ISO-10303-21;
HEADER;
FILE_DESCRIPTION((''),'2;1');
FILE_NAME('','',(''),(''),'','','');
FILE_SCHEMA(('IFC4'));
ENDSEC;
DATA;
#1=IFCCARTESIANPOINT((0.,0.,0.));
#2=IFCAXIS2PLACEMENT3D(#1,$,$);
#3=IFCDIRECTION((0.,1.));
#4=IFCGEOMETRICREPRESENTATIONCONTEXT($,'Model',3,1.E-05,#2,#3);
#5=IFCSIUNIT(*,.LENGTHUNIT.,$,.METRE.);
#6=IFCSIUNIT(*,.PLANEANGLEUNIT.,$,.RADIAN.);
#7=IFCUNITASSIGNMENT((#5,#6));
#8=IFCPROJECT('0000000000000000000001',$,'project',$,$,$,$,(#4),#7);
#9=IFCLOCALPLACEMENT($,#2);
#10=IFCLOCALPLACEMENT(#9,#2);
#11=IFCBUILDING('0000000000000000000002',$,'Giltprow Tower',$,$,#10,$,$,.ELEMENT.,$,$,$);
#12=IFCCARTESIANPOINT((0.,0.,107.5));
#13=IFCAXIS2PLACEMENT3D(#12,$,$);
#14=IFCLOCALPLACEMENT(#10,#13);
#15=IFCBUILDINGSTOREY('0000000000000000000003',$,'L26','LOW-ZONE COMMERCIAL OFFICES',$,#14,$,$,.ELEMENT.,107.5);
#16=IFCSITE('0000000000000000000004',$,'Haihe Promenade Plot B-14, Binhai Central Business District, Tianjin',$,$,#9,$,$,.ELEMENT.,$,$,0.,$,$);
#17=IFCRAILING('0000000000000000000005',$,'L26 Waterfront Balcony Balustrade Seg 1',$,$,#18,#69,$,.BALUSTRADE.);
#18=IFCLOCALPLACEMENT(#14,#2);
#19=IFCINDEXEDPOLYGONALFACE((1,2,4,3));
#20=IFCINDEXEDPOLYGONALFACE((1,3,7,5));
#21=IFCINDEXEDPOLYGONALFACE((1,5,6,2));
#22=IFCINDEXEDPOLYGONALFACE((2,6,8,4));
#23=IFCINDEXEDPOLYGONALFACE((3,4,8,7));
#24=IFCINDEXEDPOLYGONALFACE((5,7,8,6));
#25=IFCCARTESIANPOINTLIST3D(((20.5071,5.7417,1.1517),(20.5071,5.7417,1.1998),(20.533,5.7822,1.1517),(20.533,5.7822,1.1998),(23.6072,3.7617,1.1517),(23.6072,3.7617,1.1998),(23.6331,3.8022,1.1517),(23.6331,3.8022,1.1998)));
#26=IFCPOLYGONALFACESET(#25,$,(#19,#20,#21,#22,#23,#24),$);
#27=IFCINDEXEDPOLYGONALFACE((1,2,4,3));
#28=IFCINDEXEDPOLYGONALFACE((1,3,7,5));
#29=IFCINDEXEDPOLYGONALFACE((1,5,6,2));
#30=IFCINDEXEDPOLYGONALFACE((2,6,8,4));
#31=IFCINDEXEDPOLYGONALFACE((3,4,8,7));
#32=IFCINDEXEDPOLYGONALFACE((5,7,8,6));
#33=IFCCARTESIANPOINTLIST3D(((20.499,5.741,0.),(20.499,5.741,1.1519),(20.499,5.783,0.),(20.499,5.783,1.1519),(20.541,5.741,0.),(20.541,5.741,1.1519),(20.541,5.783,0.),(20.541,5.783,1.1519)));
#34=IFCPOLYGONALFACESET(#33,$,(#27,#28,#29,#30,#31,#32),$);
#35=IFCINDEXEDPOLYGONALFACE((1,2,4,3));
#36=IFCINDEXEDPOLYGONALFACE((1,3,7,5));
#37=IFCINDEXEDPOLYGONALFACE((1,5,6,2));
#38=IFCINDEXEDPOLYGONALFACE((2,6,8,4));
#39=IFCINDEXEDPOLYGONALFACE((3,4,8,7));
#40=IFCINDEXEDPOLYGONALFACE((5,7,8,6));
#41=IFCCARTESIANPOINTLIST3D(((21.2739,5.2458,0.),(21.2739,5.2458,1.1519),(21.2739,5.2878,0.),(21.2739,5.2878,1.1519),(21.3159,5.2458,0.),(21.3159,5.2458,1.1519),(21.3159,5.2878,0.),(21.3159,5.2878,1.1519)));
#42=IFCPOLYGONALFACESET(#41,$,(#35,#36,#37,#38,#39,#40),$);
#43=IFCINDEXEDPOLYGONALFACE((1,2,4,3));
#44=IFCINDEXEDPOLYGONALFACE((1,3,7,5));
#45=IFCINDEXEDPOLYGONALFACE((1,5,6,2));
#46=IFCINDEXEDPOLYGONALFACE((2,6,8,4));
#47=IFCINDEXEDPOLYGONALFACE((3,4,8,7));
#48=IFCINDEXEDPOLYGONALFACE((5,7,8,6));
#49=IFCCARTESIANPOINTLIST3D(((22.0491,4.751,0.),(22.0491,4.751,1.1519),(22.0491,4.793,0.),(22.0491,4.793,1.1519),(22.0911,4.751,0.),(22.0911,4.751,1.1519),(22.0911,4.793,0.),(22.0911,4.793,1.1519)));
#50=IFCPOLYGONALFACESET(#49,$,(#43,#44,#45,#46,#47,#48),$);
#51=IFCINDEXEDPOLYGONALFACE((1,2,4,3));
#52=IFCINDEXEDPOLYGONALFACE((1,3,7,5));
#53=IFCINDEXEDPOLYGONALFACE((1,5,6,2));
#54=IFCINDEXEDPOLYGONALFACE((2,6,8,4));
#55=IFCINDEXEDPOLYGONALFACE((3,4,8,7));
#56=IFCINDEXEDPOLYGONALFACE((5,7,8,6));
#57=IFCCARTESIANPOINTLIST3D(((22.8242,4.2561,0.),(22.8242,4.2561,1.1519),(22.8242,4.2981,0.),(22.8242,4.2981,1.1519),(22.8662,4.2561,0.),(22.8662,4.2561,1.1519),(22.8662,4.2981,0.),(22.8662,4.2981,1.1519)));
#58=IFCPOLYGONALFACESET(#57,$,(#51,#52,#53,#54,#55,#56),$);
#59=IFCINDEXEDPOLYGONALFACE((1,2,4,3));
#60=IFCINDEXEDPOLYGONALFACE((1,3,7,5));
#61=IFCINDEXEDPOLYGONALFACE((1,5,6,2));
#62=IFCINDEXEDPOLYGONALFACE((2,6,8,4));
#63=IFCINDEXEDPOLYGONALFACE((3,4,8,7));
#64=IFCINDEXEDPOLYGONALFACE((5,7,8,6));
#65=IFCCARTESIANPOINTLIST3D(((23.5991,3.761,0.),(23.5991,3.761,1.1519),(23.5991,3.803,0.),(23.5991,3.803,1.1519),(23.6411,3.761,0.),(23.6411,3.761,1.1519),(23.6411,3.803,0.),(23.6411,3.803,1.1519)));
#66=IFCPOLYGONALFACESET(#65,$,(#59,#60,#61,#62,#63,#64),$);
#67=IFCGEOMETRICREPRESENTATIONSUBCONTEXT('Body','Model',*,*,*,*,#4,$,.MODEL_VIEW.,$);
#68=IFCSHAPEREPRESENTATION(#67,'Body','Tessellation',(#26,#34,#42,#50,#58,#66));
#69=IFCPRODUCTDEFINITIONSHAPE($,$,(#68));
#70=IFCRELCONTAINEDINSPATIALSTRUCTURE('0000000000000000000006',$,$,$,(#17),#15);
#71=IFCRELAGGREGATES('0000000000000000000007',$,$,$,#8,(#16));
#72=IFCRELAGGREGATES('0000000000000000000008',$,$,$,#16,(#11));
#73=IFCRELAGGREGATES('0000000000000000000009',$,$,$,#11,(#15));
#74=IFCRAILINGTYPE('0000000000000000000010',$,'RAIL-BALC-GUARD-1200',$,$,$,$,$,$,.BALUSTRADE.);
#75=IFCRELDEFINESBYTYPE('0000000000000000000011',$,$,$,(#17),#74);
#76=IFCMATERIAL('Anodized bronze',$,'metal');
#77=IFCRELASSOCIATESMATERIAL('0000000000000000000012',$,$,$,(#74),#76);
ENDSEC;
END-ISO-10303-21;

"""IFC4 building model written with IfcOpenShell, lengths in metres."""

from ifc_helpers import new_model, si_unit, direction, frame, origin, origin_2d, place, context, subcontext, project, spatial, rectangle, extrude, material, type_object, element, save


model = new_model("IFC4")

# Units and contexts
model_context = context("Model", 3, precision=1e-05, world=origin(), true_north=direction((0.0, 1.0)))
body_context = subcontext(model_context, "Body", "Model", "MODEL_VIEW")
ifc_project = project(units=[si_unit("LENGTHUNIT", "METRE"), si_unit("PLANEANGLEUNIT", "RADIAN")], contexts=[model_context])

# Site, building, storey
site_placement = place(None, origin())
site = spatial("IfcSite", under=ifc_project, at=site_placement, Name="Haihe Promenade Plot B-14, Binhai Central Business District, Tianjin", CompositionType="ELEMENT", RefElevation=0.0)
building_placement = place(site_placement, origin())
building = spatial("IfcBuilding", under=site, at=building_placement, Name="Giltprow Tower", CompositionType="ELEMENT")
storey_placement = place(building_placement, frame((0.0, 0.0, 107.5)))
storey = spatial("IfcBuildingStorey", under=building, at=storey_placement, Name="L26", Description="LOW-ZONE COMMERCIAL OFFICES", CompositionType="ELEMENT", Elevation=107.5)

# Railing
ifc_material_1 = material(Name="Anodized bronze", Category="metal")
railing_type = type_object("IfcRailingType", Name="RAIL-BALC-GUARD-1200", PredefinedType="BALUSTRADE", material=ifc_material_1)
railing_1_placement = place(storey_placement, frame((20.52, 5.762, 0.0)))
element("IfcRailing", 1, at=railing_1_placement, inside=storey, type_object=railing_type, Name="L26 Waterfront Balcony Balustrade Seg 1", PredefinedType="BALUSTRADE", context=body_context, shape_type="SweptSolid", body=[
    extrude(rectangle(XDim=0.0481, YDim=0.0481, at=origin_2d()), frame((0.0, 0.0, 1.1758), z_axis=(0.842775, -0.538266, 0.0), x_axis=(0.538266, 0.842775, 0.0)), (0.0, 0.0, 1.0), 3.6785),
    extrude(rectangle(XDim=0.042, YDim=0.042, at=origin_2d()), origin(), (0.0, 0.0, 1.0), 1.1519),
    extrude(rectangle(XDim=0.042, YDim=0.042, at=origin_2d()), frame((0.7749, -0.4951, 0.0)), (0.0, 0.0, 1.0), 1.1519),
    extrude(rectangle(XDim=0.042, YDim=0.042, at=origin_2d()), frame((1.55, -0.99, 0.0)), (0.0, 0.0, 1.0), 1.1519),
    extrude(rectangle(XDim=0.042, YDim=0.042, at=origin_2d()), frame((2.3252, -1.4849, 0.0)), (0.0, 0.0, 1.0), 1.1519),
    extrude(rectangle(XDim=0.042, YDim=0.042, at=origin_2d()), frame((3.1001, -1.98, 0.0)), (0.0, 0.0, 1.0), 1.1519),
])

save(model, "model.ifc")
